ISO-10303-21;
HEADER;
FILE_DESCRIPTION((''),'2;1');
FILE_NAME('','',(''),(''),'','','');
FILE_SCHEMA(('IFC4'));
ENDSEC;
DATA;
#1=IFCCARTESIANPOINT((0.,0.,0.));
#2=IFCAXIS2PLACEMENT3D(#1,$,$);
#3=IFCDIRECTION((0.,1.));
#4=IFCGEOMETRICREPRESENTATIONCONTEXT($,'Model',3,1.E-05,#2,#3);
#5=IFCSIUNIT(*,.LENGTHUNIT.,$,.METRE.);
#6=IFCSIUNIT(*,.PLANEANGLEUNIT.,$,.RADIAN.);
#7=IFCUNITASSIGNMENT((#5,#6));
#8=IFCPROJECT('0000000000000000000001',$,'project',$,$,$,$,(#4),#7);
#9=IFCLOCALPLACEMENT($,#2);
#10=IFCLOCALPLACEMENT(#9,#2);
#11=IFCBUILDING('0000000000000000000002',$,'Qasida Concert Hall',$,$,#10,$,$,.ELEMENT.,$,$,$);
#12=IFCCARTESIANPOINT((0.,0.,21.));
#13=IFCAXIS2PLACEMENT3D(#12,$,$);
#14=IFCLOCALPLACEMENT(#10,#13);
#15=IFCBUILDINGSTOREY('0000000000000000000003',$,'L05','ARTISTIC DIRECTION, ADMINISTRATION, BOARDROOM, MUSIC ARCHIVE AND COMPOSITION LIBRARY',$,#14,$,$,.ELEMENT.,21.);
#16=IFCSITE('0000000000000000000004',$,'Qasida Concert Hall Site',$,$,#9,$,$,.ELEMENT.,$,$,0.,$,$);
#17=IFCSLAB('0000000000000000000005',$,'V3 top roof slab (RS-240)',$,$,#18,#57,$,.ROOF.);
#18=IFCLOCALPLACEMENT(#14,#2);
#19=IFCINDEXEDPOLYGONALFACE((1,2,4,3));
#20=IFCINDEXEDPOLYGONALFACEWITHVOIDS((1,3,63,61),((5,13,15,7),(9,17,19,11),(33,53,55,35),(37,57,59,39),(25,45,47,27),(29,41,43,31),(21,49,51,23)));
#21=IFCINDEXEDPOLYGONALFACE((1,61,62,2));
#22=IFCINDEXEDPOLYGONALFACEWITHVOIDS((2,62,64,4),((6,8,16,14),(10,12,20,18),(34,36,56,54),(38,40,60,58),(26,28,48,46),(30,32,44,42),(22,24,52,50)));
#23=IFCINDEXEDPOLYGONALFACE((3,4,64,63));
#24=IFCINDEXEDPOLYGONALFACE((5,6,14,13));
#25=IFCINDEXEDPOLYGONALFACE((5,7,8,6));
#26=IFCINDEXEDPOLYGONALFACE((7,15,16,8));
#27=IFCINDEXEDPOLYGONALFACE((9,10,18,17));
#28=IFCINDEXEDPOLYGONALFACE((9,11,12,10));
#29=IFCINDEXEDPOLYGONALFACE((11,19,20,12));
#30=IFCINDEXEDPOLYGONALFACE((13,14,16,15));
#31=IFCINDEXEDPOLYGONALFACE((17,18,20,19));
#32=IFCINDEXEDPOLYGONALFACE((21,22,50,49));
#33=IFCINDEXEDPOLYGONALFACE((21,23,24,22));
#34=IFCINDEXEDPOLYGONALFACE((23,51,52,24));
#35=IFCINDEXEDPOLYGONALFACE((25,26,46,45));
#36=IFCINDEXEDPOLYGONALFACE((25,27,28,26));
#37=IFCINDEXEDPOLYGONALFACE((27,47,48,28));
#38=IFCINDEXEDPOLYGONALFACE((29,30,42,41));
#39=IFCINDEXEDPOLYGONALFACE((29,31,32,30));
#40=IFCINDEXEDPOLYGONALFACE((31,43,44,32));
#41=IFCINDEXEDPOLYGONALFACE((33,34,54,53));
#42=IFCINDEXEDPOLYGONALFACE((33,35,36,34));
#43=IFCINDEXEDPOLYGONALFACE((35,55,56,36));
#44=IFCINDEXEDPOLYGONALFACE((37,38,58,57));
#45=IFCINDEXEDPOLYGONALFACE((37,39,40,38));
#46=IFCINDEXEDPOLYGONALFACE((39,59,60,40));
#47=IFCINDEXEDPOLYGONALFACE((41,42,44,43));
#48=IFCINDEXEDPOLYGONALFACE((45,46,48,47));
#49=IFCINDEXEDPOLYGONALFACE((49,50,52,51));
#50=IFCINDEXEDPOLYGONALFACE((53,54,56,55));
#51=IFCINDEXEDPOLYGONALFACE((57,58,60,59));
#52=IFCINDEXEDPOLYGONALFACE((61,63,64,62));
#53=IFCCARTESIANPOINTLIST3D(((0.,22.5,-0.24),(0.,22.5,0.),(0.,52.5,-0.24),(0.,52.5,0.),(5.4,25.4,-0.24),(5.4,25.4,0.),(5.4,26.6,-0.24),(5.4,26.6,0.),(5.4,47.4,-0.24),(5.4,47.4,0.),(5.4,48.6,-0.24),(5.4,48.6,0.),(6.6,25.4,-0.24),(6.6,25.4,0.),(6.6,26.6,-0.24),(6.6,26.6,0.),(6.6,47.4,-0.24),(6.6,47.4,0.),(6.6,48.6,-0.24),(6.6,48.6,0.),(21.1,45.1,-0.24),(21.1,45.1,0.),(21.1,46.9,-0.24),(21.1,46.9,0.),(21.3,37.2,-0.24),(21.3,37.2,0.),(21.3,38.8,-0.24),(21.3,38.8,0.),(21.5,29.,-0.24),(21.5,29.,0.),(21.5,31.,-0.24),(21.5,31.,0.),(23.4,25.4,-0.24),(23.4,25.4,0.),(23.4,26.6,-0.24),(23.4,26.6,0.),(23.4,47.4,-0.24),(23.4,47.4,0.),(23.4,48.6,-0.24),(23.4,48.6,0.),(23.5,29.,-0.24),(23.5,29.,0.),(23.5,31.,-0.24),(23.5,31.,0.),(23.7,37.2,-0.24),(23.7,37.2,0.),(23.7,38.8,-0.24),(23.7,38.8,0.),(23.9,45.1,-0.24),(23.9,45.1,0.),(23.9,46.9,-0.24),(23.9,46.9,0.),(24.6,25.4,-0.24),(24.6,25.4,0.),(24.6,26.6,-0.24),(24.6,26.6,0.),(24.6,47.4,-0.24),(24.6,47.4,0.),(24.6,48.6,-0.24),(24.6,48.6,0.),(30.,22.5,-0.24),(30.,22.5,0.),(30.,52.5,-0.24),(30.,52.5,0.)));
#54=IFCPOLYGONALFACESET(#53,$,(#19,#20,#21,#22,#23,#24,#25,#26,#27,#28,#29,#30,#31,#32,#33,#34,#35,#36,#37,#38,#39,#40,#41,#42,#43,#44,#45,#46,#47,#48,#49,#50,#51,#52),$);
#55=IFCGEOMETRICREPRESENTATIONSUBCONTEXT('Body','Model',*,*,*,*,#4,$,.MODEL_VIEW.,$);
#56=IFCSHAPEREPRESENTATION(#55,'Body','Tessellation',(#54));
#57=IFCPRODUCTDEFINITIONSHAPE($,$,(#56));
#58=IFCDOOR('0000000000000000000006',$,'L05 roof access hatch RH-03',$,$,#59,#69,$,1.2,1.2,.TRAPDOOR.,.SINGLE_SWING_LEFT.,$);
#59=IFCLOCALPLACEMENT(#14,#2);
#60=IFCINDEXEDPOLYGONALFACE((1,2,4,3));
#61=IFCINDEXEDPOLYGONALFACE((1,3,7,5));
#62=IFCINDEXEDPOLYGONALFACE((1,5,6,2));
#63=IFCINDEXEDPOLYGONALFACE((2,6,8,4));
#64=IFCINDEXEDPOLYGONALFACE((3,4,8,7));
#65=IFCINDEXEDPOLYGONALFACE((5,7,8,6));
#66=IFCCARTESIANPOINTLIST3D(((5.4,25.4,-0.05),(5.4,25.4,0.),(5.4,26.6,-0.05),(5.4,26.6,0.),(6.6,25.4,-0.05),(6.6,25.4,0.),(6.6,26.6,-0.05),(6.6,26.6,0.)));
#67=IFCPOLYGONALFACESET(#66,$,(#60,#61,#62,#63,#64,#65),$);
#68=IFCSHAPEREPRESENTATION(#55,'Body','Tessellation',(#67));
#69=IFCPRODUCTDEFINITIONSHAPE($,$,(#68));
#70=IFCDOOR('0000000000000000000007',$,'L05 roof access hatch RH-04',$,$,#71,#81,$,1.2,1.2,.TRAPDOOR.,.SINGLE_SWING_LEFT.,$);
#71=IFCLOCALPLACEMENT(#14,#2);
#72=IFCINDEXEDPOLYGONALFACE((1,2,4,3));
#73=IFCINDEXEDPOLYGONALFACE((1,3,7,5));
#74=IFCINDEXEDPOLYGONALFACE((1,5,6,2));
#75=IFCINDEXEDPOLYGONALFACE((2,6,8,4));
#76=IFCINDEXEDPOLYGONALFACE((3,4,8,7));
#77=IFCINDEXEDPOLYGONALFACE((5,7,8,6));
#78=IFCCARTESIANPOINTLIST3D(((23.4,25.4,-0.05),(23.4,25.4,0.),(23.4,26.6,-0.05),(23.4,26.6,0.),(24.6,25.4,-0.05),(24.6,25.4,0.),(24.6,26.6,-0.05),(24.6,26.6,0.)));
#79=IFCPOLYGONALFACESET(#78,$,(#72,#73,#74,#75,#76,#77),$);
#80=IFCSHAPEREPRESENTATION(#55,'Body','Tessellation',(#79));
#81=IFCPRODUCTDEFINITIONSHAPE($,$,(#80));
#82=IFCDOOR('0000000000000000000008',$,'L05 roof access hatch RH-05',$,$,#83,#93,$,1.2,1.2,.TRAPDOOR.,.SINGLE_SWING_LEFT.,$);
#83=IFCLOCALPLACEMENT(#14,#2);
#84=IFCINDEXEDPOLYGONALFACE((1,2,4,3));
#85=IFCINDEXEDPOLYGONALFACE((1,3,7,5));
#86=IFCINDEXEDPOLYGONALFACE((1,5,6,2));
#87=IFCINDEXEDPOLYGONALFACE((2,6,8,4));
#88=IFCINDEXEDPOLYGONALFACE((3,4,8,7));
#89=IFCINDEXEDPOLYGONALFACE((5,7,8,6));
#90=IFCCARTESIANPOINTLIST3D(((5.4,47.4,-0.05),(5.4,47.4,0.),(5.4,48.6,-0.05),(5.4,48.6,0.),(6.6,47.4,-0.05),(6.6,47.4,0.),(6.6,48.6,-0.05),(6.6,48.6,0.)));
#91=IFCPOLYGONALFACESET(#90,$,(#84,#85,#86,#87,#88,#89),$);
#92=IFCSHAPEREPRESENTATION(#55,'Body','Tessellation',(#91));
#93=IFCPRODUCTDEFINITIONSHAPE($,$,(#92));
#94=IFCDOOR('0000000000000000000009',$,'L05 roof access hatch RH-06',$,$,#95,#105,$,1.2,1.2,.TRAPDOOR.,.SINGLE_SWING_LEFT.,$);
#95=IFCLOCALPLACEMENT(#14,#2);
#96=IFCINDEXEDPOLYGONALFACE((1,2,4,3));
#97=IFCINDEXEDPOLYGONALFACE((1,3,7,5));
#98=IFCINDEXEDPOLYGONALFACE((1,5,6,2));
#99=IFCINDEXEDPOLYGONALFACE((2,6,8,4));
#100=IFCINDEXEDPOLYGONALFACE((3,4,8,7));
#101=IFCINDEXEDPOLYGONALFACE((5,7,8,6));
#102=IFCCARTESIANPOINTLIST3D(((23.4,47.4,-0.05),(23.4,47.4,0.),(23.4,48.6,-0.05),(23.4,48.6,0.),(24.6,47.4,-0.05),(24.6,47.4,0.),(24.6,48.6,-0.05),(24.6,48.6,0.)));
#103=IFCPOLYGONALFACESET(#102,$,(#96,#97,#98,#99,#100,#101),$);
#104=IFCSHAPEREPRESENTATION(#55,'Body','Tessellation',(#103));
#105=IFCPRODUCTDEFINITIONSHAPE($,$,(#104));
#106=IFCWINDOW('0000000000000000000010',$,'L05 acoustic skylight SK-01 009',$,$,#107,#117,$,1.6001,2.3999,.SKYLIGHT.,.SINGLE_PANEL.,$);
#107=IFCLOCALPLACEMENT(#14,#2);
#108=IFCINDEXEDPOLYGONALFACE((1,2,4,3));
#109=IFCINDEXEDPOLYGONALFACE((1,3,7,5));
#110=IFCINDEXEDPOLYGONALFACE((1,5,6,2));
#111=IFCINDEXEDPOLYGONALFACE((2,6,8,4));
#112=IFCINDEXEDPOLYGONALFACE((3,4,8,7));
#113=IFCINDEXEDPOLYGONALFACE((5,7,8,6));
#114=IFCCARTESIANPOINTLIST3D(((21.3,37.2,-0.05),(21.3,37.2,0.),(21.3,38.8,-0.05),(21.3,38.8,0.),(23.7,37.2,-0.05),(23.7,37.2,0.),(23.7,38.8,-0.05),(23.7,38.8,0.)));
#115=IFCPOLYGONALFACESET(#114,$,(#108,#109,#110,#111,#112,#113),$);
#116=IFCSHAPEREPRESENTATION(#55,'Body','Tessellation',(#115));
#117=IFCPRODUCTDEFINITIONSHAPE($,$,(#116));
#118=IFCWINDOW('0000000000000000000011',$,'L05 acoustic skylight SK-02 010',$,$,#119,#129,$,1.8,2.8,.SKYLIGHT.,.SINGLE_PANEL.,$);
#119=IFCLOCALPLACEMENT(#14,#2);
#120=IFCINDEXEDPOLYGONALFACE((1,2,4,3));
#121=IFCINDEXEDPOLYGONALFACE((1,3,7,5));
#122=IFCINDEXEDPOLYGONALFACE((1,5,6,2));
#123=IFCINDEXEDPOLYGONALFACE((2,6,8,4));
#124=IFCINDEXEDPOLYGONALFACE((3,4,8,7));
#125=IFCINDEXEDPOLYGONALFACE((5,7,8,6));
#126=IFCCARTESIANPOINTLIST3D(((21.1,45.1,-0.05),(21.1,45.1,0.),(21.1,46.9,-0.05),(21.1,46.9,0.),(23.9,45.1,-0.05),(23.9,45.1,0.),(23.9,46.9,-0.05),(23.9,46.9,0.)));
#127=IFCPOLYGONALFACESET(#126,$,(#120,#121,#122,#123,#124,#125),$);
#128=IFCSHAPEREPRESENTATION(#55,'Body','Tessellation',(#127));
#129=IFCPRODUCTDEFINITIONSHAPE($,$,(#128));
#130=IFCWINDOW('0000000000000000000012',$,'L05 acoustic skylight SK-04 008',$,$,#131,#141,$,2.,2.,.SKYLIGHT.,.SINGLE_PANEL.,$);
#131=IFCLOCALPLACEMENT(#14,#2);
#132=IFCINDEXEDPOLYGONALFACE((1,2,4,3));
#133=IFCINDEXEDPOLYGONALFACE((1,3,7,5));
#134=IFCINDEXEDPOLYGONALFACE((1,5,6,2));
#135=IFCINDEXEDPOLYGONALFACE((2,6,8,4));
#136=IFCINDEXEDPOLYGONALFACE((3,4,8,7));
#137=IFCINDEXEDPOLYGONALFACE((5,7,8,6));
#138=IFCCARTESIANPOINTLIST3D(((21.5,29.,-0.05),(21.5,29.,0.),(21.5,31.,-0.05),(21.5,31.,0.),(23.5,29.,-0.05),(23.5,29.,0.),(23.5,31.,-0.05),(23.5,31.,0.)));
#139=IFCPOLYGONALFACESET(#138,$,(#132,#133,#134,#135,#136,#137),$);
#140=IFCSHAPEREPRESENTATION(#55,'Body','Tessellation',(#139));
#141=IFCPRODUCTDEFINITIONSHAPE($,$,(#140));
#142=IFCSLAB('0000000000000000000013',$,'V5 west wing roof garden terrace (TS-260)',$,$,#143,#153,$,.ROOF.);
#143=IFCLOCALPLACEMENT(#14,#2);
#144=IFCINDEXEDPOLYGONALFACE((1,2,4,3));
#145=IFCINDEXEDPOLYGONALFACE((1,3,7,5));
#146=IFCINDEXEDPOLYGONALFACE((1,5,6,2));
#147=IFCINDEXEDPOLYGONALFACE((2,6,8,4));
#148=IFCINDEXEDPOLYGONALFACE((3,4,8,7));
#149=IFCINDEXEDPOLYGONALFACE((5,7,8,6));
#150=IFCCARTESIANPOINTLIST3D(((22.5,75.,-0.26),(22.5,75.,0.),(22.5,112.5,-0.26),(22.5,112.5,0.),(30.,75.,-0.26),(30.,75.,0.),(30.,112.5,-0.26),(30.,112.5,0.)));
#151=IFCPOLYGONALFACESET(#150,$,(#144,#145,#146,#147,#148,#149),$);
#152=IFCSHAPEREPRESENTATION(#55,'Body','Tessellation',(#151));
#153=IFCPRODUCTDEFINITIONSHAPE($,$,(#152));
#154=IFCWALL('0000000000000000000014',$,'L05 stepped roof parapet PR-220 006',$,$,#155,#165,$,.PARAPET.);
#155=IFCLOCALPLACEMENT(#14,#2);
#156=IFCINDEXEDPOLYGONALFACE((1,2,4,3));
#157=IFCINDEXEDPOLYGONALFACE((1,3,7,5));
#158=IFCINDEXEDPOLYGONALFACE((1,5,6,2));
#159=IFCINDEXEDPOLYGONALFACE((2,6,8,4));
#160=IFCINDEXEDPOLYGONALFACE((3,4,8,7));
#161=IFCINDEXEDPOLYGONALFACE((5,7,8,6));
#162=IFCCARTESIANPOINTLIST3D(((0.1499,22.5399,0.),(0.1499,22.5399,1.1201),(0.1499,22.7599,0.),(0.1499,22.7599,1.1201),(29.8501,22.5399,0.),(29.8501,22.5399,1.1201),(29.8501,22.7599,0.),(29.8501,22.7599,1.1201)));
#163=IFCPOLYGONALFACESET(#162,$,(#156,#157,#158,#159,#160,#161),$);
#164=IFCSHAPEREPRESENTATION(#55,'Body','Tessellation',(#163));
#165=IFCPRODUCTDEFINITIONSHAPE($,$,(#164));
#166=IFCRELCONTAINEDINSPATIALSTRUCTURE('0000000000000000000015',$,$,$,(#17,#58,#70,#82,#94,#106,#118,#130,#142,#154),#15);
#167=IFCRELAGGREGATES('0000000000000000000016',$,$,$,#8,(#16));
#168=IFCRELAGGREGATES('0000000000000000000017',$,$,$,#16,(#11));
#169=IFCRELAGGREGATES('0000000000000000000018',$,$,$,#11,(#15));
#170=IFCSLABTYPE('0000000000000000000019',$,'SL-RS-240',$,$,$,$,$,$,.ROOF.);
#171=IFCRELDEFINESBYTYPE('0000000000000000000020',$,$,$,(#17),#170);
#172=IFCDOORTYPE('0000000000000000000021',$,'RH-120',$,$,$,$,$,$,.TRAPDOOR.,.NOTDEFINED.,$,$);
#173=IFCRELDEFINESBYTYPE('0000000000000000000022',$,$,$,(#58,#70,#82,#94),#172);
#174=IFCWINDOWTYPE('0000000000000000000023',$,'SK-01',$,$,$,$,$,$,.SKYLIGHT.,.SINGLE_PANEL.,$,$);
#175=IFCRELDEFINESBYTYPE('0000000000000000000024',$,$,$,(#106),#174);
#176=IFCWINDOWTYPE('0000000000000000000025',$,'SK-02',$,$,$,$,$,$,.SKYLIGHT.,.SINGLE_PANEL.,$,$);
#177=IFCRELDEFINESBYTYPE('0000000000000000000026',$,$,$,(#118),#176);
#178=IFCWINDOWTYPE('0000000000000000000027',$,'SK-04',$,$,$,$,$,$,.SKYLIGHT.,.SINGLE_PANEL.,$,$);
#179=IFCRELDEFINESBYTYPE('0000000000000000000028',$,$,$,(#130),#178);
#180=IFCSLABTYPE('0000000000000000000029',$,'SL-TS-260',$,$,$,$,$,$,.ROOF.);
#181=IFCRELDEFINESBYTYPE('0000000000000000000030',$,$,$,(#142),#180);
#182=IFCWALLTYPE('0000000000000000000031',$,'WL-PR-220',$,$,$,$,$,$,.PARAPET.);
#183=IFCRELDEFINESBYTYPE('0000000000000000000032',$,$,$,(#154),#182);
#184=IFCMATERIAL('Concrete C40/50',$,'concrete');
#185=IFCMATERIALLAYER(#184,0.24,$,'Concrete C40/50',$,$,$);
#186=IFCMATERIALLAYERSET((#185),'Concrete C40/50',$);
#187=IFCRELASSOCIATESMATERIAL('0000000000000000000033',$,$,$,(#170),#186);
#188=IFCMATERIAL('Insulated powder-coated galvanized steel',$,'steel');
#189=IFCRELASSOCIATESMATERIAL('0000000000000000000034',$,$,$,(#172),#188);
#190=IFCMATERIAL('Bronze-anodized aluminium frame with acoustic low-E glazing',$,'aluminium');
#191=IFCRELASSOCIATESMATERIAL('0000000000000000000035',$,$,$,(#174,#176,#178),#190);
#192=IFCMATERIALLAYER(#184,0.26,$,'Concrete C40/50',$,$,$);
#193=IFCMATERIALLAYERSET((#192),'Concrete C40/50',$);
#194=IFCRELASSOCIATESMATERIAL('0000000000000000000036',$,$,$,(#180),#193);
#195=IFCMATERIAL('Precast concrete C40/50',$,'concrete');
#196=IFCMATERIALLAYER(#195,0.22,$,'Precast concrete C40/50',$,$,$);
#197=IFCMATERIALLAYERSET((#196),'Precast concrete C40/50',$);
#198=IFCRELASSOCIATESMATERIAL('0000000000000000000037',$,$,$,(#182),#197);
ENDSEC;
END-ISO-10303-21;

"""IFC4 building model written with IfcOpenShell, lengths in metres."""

from ifc_helpers import new_model, si_unit, direction, frame, frame_2d, origin, origin_2d, place, context, subcontext, project, spatial, polyline, rectangle, outline, extrude, material, layer, layer_set, type_object, element, fill, save


model = new_model("IFC4")

# Units and contexts
model_context = context("Model", 3, precision=1e-05, world=origin(), true_north=direction((0.0, 1.0)))
body_context = subcontext(model_context, "Body", "Model", "MODEL_VIEW")
ifc_project = project(units=[si_unit("LENGTHUNIT", "METRE"), si_unit("PLANEANGLEUNIT", "RADIAN")], contexts=[model_context])

# Site, building, storey
site_placement = place(None, origin())
site = spatial("IfcSite", under=ifc_project, at=site_placement, Name="Qasida Concert Hall Site", CompositionType="ELEMENT", RefElevation=0.0)
building_placement = place(site_placement, origin())
building = spatial("IfcBuilding", under=site, at=building_placement, Name="Qasida Concert Hall", CompositionType="ELEMENT")
storey_placement = place(building_placement, frame((0.0, 0.0, 21.0)))
storey = spatial("IfcBuildingStorey", under=building, at=storey_placement, Name="L05", Description="ARTISTIC DIRECTION, ADMINISTRATION, BOARDROOM, MUSIC ARCHIVE AND COMPOSITION LIBRARY", CompositionType="ELEMENT", Elevation=21.0)

# Shared definitions
ifc_material_1 = material(Name="Concrete C40/50", Category="concrete")

# Slab, openings, doors, windows
ifc_layer_1 = layer(ifc_material_1, 0.24, Name="Concrete C40/50")
ifc_layer_set_1 = layer_set([ifc_layer_1], Name="Concrete C40/50")
slab_type_1 = type_object("IfcSlabType", Name="SL-RS-240", PredefinedType="ROOF", material=ifc_layer_set_1)
slab_1_placement = place(storey_placement, frame((0.0, 0.0, -0.24)))
slab_1 = element("IfcSlab", 1, at=slab_1_placement, inside=storey, type_object=slab_type_1, Name="V3 top roof slab (RS-240)", PredefinedType="ROOF", context=body_context, shape_type="SweptSolid", body=[
    extrude(outline(polyline([(0.0, 22.5), (30.0, 22.5), (30.0, 52.5), (0.0, 52.5), (0.0, 22.5)])), origin(), (0.0, 0.0, 1.0), 0.24),
])
opening_1_placement = place(slab_1_placement, frame((22.5, 30.0, -0.01)))
opening_1 = element("IfcOpeningElement", 2, at=opening_1_placement, cuts=slab_1, PredefinedType="OPENING", context=body_context, shape_type="SweptSolid", body=[
    extrude(rectangle(XDim=2.0, YDim=2.0, at=origin_2d()), origin(), (0.0, 0.0, 1.0), 0.26),
])
opening_2_placement = place(slab_1_placement, frame((22.5, 38.0, -0.01)))
opening_2 = element("IfcOpeningElement", 3, at=opening_2_placement, cuts=slab_1, PredefinedType="OPENING", context=body_context, shape_type="SweptSolid", body=[
    extrude(rectangle(XDim=2.3999, YDim=1.6001, at=origin_2d()), origin(), (0.0, 0.0, 1.0), 0.26),
])
opening_3_placement = place(slab_1_placement, frame((22.5, 46.0, -0.01)))
opening_3 = element("IfcOpeningElement", 4, at=opening_3_placement, cuts=slab_1, PredefinedType="OPENING", context=body_context, shape_type="SweptSolid", body=[
    extrude(rectangle(XDim=2.8, YDim=1.8, at=origin_2d()), origin(), (0.0, 0.0, 1.0), 0.26),
])
opening_4_placement = place(slab_1_placement, frame((6.0, 26.0, -0.01)))
opening_4 = element("IfcOpeningElement", 5, at=opening_4_placement, cuts=slab_1, PredefinedType="OPENING", context=body_context, shape_type="SweptSolid", body=[
    extrude(rectangle(XDim=1.2, YDim=1.2, at=origin_2d()), origin(), (0.0, 0.0, 1.0), 0.26),
])
opening_5_placement = place(slab_1_placement, frame((24.0, 26.0, -0.01)))
opening_5 = element("IfcOpeningElement", 6, at=opening_5_placement, cuts=slab_1, PredefinedType="OPENING", context=body_context, shape_type="SweptSolid", body=[
    extrude(rectangle(XDim=1.2, YDim=1.2, at=origin_2d()), origin(), (0.0, 0.0, 1.0), 0.26),
])
opening_6_placement = place(slab_1_placement, frame((6.0, 48.0, -0.01)))
opening_6 = element("IfcOpeningElement", 7, at=opening_6_placement, cuts=slab_1, PredefinedType="OPENING", context=body_context, shape_type="SweptSolid", body=[
    extrude(rectangle(XDim=1.2, YDim=1.2, at=origin_2d()), origin(), (0.0, 0.0, 1.0), 0.26),
])
opening_7_placement = place(slab_1_placement, frame((24.0, 48.0, -0.01)))
opening_7 = element("IfcOpeningElement", 8, at=opening_7_placement, cuts=slab_1, PredefinedType="OPENING", context=body_context, shape_type="SweptSolid", body=[
    extrude(rectangle(XDim=1.2, YDim=1.2, at=origin_2d()), origin(), (0.0, 0.0, 1.0), 0.26),
])
ifc_material_2 = material(Name="Insulated powder-coated galvanized steel", Category="steel")
door_type = type_object("IfcDoorType", Name="RH-120", OperationType="NOTDEFINED", PredefinedType="TRAPDOOR", material=ifc_material_2)
door_1_placement = place(storey_placement, frame((6.0, 26.0, -0.05)))
door_1 = element("IfcDoor", 9, at=door_1_placement, inside=storey, type_object=door_type, Name="L05 roof access hatch RH-03", OperationType="SINGLE_SWING_LEFT", OverallHeight=1.2, OverallWidth=1.2, PredefinedType="TRAPDOOR", context=body_context, shape_type="SweptSolid", body=[
    extrude(rectangle(XDim=1.2, YDim=1.2, at=origin_2d()), origin(), (0.0, 0.0, 1.0), 0.05),
])
fill(opening_4, door_1)
door_2_placement = place(storey_placement, frame((24.0, 26.0, -0.05)))
door_2 = element("IfcDoor", 10, at=door_2_placement, inside=storey, type_object=door_type, Name="L05 roof access hatch RH-04", OperationType="SINGLE_SWING_LEFT", OverallHeight=1.2, OverallWidth=1.2, PredefinedType="TRAPDOOR", context=body_context, shape_type="SweptSolid", body=[
    extrude(rectangle(XDim=1.2, YDim=1.2, at=origin_2d()), origin(), (0.0, 0.0, 1.0), 0.05),
])
fill(opening_5, door_2)
door_3_placement = place(storey_placement, frame((6.0, 48.0, -0.05)))
door_3 = element("IfcDoor", 11, at=door_3_placement, inside=storey, type_object=door_type, Name="L05 roof access hatch RH-05", OperationType="SINGLE_SWING_LEFT", OverallHeight=1.2, OverallWidth=1.2, PredefinedType="TRAPDOOR", context=body_context, shape_type="SweptSolid", body=[
    extrude(rectangle(XDim=1.2, YDim=1.2, at=origin_2d()), origin(), (0.0, 0.0, 1.0), 0.05),
])
fill(opening_6, door_3)
door_4_placement = place(storey_placement, frame((24.0, 48.0, -0.05)))
door_4 = element("IfcDoor", 12, at=door_4_placement, inside=storey, type_object=door_type, Name="L05 roof access hatch RH-06", OperationType="SINGLE_SWING_LEFT", OverallHeight=1.2, OverallWidth=1.2, PredefinedType="TRAPDOOR", context=body_context, shape_type="SweptSolid", body=[
    extrude(rectangle(XDim=1.2, YDim=1.2, at=origin_2d()), origin(), (0.0, 0.0, 1.0), 0.05),
])
fill(opening_7, door_4)
ifc_material_3 = material(Name="Bronze-anodized aluminium frame with acoustic low-E glazing", Category="aluminium")
window_type_1 = type_object("IfcWindowType", Name="SK-01", PartitioningType="SINGLE_PANEL", PredefinedType="SKYLIGHT", material=ifc_material_3)
window_1_placement = place(storey_placement, frame((22.5, 38.0, -0.05)))
window_1 = element("IfcWindow", 13, at=window_1_placement, inside=storey, type_object=window_type_1, Name="L05 acoustic skylight SK-01 009", OverallHeight=1.6001, OverallWidth=2.3999, PartitioningType="SINGLE_PANEL", PredefinedType="SKYLIGHT", context=body_context, shape_type="SweptSolid", body=[
    extrude(rectangle(XDim=2.3999, YDim=1.6001, at=origin_2d()), origin(), (0.0, 0.0, 1.0), 0.05),
])
fill(opening_2, window_1)
window_type_2 = type_object("IfcWindowType", Name="SK-02", PartitioningType="SINGLE_PANEL", PredefinedType="SKYLIGHT", material=ifc_material_3)
window_2_placement = place(storey_placement, frame((22.5, 46.0, -0.05)))
window_2 = element("IfcWindow", 14, at=window_2_placement, inside=storey, type_object=window_type_2, Name="L05 acoustic skylight SK-02 010", OverallHeight=1.8, OverallWidth=2.8, PartitioningType="SINGLE_PANEL", PredefinedType="SKYLIGHT", context=body_context, shape_type="SweptSolid", body=[
    extrude(rectangle(XDim=2.8, YDim=1.8, at=origin_2d()), origin(), (0.0, 0.0, 1.0), 0.05),
])
fill(opening_3, window_2)
window_type_3 = type_object("IfcWindowType", Name="SK-04", PartitioningType="SINGLE_PANEL", PredefinedType="SKYLIGHT", material=ifc_material_3)
window_3_placement = place(storey_placement, frame((22.5, 30.0, -0.05)))
window_3 = element("IfcWindow", 15, at=window_3_placement, inside=storey, type_object=window_type_3, Name="L05 acoustic skylight SK-04 008", OverallHeight=2.0, OverallWidth=2.0, PartitioningType="SINGLE_PANEL", PredefinedType="SKYLIGHT", context=body_context, shape_type="SweptSolid", body=[
    extrude(rectangle(XDim=2.0, YDim=2.0, at=origin_2d()), origin(), (0.0, 0.0, 1.0), 0.05),
])
fill(opening_1, window_3)

# Slab
ifc_layer_2 = layer(ifc_material_1, 0.26, Name="Concrete C40/50")
ifc_layer_set_2 = layer_set([ifc_layer_2], Name="Concrete C40/50")
slab_type_2 = type_object("IfcSlabType", Name="SL-TS-260", PredefinedType="ROOF", material=ifc_layer_set_2)
slab_2_placement = place(storey_placement, frame((0.0, 0.0, -0.26)))
element("IfcSlab", 16, at=slab_2_placement, inside=storey, type_object=slab_type_2, Name="V5 west wing roof garden terrace (TS-260)", PredefinedType="ROOF", context=body_context, shape_type="SweptSolid", body=[
    extrude(outline(polyline([(22.5, 75.0), (30.0, 75.0), (30.0, 112.5), (22.5, 112.5), (22.5, 75.0)])), origin(), (0.0, 0.0, 1.0), 0.26),
])

# Wall
ifc_material_4 = material(Name="Precast concrete C40/50", Category="concrete")
ifc_layer_3 = layer(ifc_material_4, 0.22, Name="Precast concrete C40/50")
ifc_layer_set_3 = layer_set([ifc_layer_3], Name="Precast concrete C40/50")
wall_type = type_object("IfcWallType", Name="WL-PR-220", PredefinedType="PARAPET", material=ifc_layer_set_3)
wall_placement = place(storey_placement, frame((0.1499, 22.6499, 0.0), z_axis=(0.0, 0.0, 1.0), x_axis=(1.0, 0.0, 0.0)))
element("IfcWall", 17, at=wall_placement, inside=storey, type_object=wall_type, Name="L05 stepped roof parapet PR-220 006", PredefinedType="PARAPET", context=body_context, shape_type="SweptSolid", body=[
    extrude(rectangle(XDim=29.7002, YDim=0.22, at=frame_2d((14.8501, 0.0))), origin(), (0.0, 0.0, 1.0), 1.1201),
])

save(model, "model.ifc")
